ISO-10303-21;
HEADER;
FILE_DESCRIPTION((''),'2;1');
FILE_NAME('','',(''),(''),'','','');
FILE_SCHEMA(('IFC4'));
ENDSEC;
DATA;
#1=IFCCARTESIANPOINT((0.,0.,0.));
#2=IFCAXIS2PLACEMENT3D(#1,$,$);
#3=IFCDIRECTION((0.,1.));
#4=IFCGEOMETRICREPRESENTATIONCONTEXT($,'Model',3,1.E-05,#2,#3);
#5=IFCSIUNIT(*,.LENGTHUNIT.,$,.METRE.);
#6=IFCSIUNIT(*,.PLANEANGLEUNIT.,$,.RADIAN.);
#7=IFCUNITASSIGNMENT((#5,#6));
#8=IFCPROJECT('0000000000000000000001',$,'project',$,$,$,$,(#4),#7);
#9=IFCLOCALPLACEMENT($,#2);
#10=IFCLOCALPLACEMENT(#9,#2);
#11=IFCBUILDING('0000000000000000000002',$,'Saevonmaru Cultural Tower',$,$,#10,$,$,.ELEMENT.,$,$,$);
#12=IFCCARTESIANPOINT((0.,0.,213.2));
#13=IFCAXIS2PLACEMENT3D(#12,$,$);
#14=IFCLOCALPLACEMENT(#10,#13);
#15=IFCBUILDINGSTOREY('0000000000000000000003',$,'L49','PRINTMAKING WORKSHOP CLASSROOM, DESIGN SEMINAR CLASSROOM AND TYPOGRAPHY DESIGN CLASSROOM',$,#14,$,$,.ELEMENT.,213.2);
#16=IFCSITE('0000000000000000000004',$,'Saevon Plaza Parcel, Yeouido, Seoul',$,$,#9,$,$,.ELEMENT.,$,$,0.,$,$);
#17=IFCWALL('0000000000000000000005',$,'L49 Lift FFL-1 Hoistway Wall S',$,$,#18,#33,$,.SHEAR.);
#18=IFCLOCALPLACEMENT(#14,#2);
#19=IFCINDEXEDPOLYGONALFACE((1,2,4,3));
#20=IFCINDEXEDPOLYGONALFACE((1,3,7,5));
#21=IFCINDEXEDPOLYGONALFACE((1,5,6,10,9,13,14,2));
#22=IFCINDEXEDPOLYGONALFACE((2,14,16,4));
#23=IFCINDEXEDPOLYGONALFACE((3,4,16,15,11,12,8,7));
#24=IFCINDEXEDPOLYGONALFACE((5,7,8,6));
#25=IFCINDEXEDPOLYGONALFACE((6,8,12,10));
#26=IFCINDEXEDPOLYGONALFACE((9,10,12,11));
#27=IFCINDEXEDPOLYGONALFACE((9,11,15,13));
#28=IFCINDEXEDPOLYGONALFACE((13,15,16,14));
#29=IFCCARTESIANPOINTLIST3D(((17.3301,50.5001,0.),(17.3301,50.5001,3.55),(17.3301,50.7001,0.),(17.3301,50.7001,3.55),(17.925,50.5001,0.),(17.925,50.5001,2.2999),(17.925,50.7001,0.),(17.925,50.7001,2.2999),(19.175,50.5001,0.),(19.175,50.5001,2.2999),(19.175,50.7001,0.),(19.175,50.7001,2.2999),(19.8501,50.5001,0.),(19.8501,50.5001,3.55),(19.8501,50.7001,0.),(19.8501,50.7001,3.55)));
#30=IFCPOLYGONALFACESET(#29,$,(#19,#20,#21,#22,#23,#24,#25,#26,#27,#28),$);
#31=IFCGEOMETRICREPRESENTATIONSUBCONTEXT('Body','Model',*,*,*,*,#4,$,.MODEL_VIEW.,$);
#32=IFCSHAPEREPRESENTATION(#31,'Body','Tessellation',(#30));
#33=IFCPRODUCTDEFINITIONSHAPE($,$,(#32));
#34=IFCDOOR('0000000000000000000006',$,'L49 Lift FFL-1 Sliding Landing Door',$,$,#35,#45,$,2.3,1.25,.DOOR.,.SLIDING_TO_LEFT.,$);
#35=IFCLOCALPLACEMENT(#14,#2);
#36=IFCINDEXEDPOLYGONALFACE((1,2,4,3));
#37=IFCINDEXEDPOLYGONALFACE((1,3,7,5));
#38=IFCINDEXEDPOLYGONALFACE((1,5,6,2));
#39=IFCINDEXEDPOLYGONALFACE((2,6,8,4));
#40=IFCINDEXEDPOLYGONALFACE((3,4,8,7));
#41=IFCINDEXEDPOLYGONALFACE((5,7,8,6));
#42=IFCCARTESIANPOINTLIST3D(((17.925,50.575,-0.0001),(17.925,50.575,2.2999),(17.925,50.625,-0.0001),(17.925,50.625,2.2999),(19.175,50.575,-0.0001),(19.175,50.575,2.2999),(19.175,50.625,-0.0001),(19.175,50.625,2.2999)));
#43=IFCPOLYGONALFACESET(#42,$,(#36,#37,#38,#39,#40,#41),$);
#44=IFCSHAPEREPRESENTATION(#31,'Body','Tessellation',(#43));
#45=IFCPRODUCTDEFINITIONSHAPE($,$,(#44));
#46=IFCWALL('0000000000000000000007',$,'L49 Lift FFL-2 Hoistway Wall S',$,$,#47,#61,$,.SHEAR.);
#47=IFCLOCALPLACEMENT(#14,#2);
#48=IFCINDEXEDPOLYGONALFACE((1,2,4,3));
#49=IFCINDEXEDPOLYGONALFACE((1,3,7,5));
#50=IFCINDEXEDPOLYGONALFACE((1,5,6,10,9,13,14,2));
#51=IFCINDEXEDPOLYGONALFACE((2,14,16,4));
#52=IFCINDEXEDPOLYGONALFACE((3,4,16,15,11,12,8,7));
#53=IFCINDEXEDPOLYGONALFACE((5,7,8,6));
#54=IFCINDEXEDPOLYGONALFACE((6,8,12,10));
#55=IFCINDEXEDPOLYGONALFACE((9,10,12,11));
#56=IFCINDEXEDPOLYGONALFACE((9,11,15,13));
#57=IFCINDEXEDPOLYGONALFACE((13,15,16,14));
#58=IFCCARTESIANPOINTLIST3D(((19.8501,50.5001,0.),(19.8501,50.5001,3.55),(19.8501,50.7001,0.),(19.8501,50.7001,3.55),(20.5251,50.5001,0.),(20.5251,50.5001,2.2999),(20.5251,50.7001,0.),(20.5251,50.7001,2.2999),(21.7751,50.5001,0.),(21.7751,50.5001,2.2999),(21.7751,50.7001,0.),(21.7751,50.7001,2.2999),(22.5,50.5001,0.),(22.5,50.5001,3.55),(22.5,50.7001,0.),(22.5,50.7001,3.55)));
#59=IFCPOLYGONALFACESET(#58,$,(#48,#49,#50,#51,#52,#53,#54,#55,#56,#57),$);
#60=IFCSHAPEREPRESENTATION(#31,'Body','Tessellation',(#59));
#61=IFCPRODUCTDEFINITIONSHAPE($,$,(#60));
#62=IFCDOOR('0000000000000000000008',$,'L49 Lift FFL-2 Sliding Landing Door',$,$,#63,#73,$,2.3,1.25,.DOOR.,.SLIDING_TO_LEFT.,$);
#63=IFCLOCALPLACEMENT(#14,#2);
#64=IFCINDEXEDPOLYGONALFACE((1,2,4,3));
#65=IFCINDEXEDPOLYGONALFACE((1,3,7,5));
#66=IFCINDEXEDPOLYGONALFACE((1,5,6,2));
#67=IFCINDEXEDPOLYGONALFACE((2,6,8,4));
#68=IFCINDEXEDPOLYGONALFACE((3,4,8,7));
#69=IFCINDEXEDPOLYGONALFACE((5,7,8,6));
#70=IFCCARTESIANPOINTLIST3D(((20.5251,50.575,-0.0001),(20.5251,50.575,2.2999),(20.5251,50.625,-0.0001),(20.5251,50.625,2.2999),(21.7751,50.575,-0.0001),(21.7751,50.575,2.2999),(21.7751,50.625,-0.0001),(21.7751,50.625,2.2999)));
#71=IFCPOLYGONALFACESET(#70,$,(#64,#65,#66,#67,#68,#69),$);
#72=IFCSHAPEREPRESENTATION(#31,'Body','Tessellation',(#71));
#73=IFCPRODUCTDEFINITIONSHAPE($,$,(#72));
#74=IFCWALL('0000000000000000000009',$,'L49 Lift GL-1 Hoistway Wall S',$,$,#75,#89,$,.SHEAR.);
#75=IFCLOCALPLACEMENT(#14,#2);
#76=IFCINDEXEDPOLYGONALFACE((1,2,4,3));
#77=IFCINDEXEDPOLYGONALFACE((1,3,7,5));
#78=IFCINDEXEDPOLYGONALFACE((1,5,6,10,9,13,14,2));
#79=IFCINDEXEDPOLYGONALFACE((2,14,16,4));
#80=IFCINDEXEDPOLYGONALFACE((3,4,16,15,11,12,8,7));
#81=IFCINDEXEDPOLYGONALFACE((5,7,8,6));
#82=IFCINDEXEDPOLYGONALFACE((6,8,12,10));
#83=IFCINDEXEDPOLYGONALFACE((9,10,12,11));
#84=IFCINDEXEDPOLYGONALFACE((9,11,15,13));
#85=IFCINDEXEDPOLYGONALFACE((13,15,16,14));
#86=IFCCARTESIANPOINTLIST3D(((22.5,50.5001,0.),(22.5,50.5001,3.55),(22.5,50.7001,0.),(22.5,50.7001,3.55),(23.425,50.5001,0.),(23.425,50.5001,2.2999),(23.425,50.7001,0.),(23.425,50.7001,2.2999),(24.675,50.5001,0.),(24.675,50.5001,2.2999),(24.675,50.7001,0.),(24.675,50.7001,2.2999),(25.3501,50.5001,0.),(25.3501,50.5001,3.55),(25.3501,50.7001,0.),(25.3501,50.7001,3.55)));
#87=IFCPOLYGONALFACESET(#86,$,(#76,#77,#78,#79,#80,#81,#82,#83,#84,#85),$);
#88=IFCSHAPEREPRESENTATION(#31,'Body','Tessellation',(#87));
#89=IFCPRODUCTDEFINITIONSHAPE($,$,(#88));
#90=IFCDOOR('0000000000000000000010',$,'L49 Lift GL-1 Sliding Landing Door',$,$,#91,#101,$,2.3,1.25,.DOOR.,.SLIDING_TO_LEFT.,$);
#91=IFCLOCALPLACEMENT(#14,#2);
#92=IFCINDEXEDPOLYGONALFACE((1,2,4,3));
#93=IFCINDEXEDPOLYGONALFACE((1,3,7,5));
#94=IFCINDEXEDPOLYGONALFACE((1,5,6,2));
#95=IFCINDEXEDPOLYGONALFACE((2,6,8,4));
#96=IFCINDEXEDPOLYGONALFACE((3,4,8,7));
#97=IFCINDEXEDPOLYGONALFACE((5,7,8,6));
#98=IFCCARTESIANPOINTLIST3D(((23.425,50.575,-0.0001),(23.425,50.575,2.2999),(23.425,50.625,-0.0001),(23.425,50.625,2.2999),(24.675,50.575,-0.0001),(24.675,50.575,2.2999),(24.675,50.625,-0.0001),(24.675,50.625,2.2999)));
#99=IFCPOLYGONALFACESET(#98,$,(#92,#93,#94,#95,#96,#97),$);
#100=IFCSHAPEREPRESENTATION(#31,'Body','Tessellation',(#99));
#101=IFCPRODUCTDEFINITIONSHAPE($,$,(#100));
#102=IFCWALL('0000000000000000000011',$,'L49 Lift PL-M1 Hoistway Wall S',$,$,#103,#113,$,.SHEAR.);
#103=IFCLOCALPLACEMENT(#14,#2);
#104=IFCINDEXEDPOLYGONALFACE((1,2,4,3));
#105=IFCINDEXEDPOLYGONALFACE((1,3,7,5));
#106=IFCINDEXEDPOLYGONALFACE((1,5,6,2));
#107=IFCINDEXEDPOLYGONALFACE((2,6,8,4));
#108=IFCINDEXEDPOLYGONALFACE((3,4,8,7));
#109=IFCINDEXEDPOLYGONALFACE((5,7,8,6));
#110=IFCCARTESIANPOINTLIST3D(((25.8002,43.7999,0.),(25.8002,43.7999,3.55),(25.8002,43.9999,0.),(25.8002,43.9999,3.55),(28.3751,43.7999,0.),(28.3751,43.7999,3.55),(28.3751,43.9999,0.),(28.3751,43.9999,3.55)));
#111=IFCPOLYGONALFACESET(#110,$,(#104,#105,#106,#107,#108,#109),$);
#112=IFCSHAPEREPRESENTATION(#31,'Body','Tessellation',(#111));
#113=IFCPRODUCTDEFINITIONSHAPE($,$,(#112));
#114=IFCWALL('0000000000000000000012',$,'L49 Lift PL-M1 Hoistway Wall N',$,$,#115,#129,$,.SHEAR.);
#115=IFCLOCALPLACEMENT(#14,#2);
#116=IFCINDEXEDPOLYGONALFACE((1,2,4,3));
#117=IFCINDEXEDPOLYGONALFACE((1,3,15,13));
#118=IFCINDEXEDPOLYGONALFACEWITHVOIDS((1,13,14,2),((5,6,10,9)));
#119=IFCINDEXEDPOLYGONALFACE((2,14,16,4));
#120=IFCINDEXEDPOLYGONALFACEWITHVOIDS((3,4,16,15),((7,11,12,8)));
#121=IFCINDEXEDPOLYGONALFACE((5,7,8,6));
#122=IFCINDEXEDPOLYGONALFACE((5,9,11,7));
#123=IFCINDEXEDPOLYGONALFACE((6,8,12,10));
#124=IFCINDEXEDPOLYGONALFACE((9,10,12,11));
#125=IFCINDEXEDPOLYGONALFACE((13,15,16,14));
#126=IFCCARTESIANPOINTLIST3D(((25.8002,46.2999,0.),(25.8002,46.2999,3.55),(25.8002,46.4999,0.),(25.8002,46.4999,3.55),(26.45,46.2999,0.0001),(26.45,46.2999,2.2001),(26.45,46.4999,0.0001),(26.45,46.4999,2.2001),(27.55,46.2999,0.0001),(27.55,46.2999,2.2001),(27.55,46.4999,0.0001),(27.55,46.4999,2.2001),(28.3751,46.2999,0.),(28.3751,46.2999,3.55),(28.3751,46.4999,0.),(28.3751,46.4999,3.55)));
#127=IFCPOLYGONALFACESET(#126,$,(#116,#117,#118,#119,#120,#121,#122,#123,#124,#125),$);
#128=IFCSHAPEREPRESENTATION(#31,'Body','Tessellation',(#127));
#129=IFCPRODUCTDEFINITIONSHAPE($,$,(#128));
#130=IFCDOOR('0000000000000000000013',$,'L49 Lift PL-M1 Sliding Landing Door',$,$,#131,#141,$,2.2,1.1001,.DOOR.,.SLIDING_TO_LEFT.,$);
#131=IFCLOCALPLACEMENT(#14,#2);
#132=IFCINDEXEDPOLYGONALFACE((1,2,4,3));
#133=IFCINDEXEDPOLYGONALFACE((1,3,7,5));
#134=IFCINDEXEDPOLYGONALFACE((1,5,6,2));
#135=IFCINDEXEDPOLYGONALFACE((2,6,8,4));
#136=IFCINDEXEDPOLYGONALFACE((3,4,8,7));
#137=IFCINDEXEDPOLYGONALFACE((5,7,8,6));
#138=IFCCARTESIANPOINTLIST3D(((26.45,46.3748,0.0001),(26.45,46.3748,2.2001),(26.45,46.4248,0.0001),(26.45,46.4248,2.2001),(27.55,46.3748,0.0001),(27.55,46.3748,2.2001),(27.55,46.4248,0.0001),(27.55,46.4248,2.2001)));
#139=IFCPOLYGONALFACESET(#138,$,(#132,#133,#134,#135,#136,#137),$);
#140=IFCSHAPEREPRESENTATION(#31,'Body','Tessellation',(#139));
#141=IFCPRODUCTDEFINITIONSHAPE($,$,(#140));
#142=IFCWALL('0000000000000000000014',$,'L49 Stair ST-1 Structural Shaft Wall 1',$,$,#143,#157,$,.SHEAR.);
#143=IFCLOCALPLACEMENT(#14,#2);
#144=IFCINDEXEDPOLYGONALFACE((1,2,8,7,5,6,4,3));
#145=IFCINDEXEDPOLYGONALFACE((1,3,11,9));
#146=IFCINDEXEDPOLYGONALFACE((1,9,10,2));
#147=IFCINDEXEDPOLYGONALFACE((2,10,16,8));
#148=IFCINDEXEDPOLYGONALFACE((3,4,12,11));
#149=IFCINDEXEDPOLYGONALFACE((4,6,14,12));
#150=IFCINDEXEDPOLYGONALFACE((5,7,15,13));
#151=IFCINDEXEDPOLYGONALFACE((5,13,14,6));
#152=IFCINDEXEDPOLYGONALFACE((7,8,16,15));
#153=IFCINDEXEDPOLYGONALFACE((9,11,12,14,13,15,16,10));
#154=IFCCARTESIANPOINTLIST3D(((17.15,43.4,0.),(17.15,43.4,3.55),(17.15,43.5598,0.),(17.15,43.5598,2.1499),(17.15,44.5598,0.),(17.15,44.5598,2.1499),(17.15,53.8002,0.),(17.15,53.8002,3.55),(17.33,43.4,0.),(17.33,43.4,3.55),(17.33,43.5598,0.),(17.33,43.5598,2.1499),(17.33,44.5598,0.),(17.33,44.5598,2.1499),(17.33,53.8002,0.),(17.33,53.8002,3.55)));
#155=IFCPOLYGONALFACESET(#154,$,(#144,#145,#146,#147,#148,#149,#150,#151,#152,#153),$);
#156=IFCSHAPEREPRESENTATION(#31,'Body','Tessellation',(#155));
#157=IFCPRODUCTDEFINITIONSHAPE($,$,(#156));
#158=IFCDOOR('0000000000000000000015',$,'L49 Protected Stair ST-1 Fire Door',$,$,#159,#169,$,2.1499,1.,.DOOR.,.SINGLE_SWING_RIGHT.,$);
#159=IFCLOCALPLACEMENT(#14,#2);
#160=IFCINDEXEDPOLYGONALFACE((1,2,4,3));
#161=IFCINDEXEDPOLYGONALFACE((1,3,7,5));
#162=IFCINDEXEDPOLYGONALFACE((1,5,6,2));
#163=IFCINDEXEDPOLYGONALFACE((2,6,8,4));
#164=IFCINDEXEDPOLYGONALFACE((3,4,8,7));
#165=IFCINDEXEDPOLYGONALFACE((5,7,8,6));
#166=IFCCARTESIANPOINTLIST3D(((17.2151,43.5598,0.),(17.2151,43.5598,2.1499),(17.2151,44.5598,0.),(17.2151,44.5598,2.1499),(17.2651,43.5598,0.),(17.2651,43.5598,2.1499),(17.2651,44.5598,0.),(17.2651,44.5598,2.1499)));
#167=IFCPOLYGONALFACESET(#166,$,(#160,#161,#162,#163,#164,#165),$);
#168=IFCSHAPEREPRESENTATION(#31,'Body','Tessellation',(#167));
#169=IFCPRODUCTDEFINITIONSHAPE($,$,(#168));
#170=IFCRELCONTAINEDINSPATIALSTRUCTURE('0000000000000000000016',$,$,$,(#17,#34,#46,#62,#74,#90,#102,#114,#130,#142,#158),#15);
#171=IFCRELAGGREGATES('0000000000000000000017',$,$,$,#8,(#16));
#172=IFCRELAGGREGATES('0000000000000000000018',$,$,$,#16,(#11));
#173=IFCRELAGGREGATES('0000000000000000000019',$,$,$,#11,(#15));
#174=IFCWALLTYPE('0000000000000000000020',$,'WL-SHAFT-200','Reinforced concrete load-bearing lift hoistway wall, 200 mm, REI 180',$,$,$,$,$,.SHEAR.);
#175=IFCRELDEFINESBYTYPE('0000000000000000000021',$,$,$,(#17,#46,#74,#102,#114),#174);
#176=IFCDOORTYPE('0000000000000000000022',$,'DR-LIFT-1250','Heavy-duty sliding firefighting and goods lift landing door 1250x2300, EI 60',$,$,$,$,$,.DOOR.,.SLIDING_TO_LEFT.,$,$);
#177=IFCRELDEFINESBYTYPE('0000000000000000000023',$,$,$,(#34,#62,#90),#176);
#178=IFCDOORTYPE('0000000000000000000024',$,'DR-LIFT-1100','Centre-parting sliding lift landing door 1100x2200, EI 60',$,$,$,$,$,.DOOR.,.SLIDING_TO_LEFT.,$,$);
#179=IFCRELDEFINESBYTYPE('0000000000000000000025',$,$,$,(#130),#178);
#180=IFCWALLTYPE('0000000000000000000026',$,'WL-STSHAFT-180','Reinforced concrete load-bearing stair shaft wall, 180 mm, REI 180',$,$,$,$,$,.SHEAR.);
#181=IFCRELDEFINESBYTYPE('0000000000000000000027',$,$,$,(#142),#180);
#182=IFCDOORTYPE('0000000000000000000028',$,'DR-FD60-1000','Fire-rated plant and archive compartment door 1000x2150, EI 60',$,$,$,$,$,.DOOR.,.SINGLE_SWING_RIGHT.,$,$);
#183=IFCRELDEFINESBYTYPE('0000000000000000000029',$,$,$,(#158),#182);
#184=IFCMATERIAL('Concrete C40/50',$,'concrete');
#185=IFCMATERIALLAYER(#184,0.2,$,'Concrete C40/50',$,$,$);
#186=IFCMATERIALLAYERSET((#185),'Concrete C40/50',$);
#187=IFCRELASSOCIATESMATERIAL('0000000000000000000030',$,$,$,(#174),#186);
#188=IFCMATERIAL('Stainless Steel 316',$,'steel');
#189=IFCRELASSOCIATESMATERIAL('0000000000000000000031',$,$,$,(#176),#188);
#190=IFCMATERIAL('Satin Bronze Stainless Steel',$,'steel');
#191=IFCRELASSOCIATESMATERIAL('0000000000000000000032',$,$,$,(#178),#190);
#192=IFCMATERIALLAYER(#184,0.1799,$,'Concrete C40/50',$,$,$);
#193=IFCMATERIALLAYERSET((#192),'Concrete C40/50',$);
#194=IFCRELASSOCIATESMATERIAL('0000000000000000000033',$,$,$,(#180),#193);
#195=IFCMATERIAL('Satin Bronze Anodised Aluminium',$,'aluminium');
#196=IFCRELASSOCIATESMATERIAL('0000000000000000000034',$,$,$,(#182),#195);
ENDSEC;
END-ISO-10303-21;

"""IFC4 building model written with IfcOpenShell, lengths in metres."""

from ifc_helpers import new_model, si_unit, direction, frame, frame_2d, origin, place, context, subcontext, project, spatial, rectangle, extrude, material, layer, layer_set, type_object, element, fill, save


model = new_model("IFC4")

# Units and contexts
model_context = context("Model", 3, precision=1e-05, world=origin(), true_north=direction((0.0, 1.0)))
body_context = subcontext(model_context, "Body", "Model", "MODEL_VIEW")
ifc_project = project(units=[si_unit("LENGTHUNIT", "METRE"), si_unit("PLANEANGLEUNIT", "RADIAN")], contexts=[model_context])

# Site, building, storey
site_placement = place(None, origin())
site = spatial("IfcSite", under=ifc_project, at=site_placement, Name="Saevon Plaza Parcel, Yeouido, Seoul", CompositionType="ELEMENT", RefElevation=0.0)
building_placement = place(site_placement, origin())
building = spatial("IfcBuilding", under=site, at=building_placement, Name="Saevonmaru Cultural Tower", CompositionType="ELEMENT")
storey_placement = place(building_placement, frame((0.0, 0.0, 213.2)))
storey = spatial("IfcBuildingStorey", under=building, at=storey_placement, Name="L49", Description="PRINTMAKING WORKSHOP CLASSROOM, DESIGN SEMINAR CLASSROOM AND TYPOGRAPHY DESIGN CLASSROOM", CompositionType="ELEMENT", Elevation=213.2)

# Shared definitions
ifc_material_1 = material(Name="Satin Bronze Anodised Aluminium", Category="aluminium")

# Walls, openings, doors
ifc_material_2 = material(Name="Concrete C40/50", Category="concrete")
ifc_layer_1 = layer(ifc_material_2, 0.2, Name="Concrete C40/50")
ifc_layer_set_1 = layer_set([ifc_layer_1], Name="Concrete C40/50")
wall_type_1 = type_object("IfcWallType", Name="WL-SHAFT-200", Description="Reinforced concrete load-bearing lift hoistway wall, 200 mm, REI 180", PredefinedType="SHEAR", material=ifc_layer_set_1)
wall_1_placement = place(storey_placement, frame((17.3301, 50.6001, 0.0), z_axis=(0.0, 0.0, 1.0), x_axis=(1.0, 0.0, 0.0)))
wall_1 = element("IfcWall", 1, at=wall_1_placement, inside=storey, type_object=wall_type_1, Name="L49 Lift FFL-1 Hoistway Wall S", PredefinedType="SHEAR", context=body_context, shape_type="SweptSolid", body=[
    extrude(rectangle(XDim=2.52, YDim=0.2, at=frame_2d((1.26, 0.0))), origin(), (0.0, 0.0, 1.0), 3.55),
])
opening_1_placement = place(wall_1_placement, frame((0.595, 0.0, 0.0)))
opening_1 = element("IfcOpeningElement", 2, at=opening_1_placement, cuts=wall_1, PredefinedType="OPENING", context=body_context, shape_type="SweptSolid", body=[
    extrude(rectangle(XDim=1.25, YDim=2.3, at=frame_2d((0.625, 1.1499))), frame((0.0, 0.1099, 0.0), z_axis=(0.0, -1.0, 0.0), x_axis=(1.0, 0.0, 0.0)), (0.0, 0.0, 1.0), 0.22),
])
ifc_material_3 = material(Name="Stainless Steel 316", Category="steel")
door_type_1 = type_object("IfcDoorType", Name="DR-LIFT-1250", Description="Heavy-duty sliding firefighting and goods lift landing door 1250x2300, EI 60", OperationType="SLIDING_TO_LEFT", PredefinedType="DOOR", material=ifc_material_3)
door_1_placement = place(opening_1_placement, origin())
door_1 = element("IfcDoor", 3, at=door_1_placement, inside=storey, type_object=door_type_1, Name="L49 Lift FFL-1 Sliding Landing Door", OperationType="SLIDING_TO_LEFT", OverallHeight=2.3, OverallWidth=1.25, PredefinedType="DOOR", context=body_context, shape_type="SweptSolid", body=[
    extrude(rectangle(XDim=1.25, YDim=2.3, at=frame_2d((0.625, 1.1499))), frame((0.0, 0.0249, 0.0), z_axis=(0.0, -1.0, 0.0), x_axis=(1.0, 0.0, 0.0)), (0.0, 0.0, 1.0), 0.05),
])
fill(opening_1, door_1)
wall_2_placement = place(storey_placement, frame((19.8501, 50.6001, 0.0), z_axis=(0.0, 0.0, 1.0), x_axis=(1.0, 0.0, 0.0)))
wall_2 = element("IfcWall", 4, at=wall_2_placement, inside=storey, type_object=wall_type_1, Name="L49 Lift FFL-2 Hoistway Wall S", PredefinedType="SHEAR", context=body_context, shape_type="SweptSolid", body=[
    extrude(rectangle(XDim=2.6499, YDim=0.2, at=frame_2d((1.325, 0.0))), origin(), (0.0, 0.0, 1.0), 3.55),
])
opening_2_placement = place(wall_2_placement, frame((0.675, 0.0, 0.0)))
opening_2 = element("IfcOpeningElement", 5, at=opening_2_placement, cuts=wall_2, PredefinedType="OPENING", context=body_context, shape_type="SweptSolid", body=[
    extrude(rectangle(XDim=1.25, YDim=2.3, at=frame_2d((0.625, 1.1499))), frame((0.0, 0.1099, 0.0), z_axis=(0.0, -1.0, 0.0), x_axis=(1.0, 0.0, 0.0)), (0.0, 0.0, 1.0), 0.22),
])
door_2_placement = place(opening_2_placement, origin())
door_2 = element("IfcDoor", 6, at=door_2_placement, inside=storey, type_object=door_type_1, Name="L49 Lift FFL-2 Sliding Landing Door", OperationType="SLIDING_TO_LEFT", OverallHeight=2.3, OverallWidth=1.25, PredefinedType="DOOR", context=body_context, shape_type="SweptSolid", body=[
    extrude(rectangle(XDim=1.25, YDim=2.3, at=frame_2d((0.625, 1.1499))), frame((0.0, 0.0249, 0.0), z_axis=(0.0, -1.0, 0.0), x_axis=(1.0, 0.0, 0.0)), (0.0, 0.0, 1.0), 0.05),
])
fill(opening_2, door_2)
wall_3_placement = place(storey_placement, frame((22.5, 50.6001, 0.0), z_axis=(0.0, 0.0, 1.0), x_axis=(1.0, 0.0, 0.0)))
wall_3 = element("IfcWall", 7, at=wall_3_placement, inside=storey, type_object=wall_type_1, Name="L49 Lift GL-1 Hoistway Wall S", PredefinedType="SHEAR", context=body_context, shape_type="SweptSolid", body=[
    extrude(rectangle(XDim=2.8501, YDim=0.2, at=frame_2d((1.425, 0.0))), origin(), (0.0, 0.0, 1.0), 3.55),
])
opening_3_placement = place(wall_3_placement, frame((0.925, 0.0, 0.0)))
opening_3 = element("IfcOpeningElement", 8, at=opening_3_placement, cuts=wall_3, PredefinedType="OPENING", context=body_context, shape_type="SweptSolid", body=[
    extrude(rectangle(XDim=1.25, YDim=2.3, at=frame_2d((0.625, 1.1499))), frame((0.0, 0.1099, 0.0), z_axis=(0.0, -1.0, 0.0), x_axis=(1.0, 0.0, 0.0)), (0.0, 0.0, 1.0), 0.22),
])
door_3_placement = place(opening_3_placement, origin())
door_3 = element("IfcDoor", 9, at=door_3_placement, inside=storey, type_object=door_type_1, Name="L49 Lift GL-1 Sliding Landing Door", OperationType="SLIDING_TO_LEFT", OverallHeight=2.3, OverallWidth=1.25, PredefinedType="DOOR", context=body_context, shape_type="SweptSolid", body=[
    extrude(rectangle(XDim=1.25, YDim=2.3, at=frame_2d((0.625, 1.1499))), frame((0.0, 0.0249, 0.0), z_axis=(0.0, -1.0, 0.0), x_axis=(1.0, 0.0, 0.0)), (0.0, 0.0, 1.0), 0.05),
])
fill(opening_3, door_3)

# Wall
wall_4_placement = place(storey_placement, frame((25.8, 43.8999, 0.0), z_axis=(0.0, 0.0, 1.0), x_axis=(1.0, 0.0, 0.0)))
element("IfcWall", 10, at=wall_4_placement, inside=storey, type_object=wall_type_1, Name="L49 Lift PL-M1 Hoistway Wall S", PredefinedType="SHEAR", context=body_context, shape_type="SweptSolid", body=[
    extrude(rectangle(XDim=2.575, YDim=0.2, at=frame_2d((1.2876, 0.0))), origin(), (0.0, 0.0, 1.0), 3.55),
])

# Walls, openings, doors
wall_5_placement = place(storey_placement, frame((25.8, 46.3999, 0.0), z_axis=(0.0, 0.0, 1.0), x_axis=(1.0, 0.0, 0.0)))
wall_5 = element("IfcWall", 11, at=wall_5_placement, inside=storey, type_object=wall_type_1, Name="L49 Lift PL-M1 Hoistway Wall N", PredefinedType="SHEAR", context=body_context, shape_type="SweptSolid", body=[
    extrude(rectangle(XDim=2.575, YDim=0.2, at=frame_2d((1.2876, 0.0))), origin(), (0.0, 0.0, 1.0), 3.55),
])
opening_4_placement = place(wall_5_placement, frame((0.6499, 0.0, 0.0)))
opening_4 = element("IfcOpeningElement", 12, at=opening_4_placement, cuts=wall_5, PredefinedType="OPENING", context=body_context, shape_type="SweptSolid", body=[
    extrude(rectangle(XDim=1.1001, YDim=2.2, at=frame_2d((0.55, 1.1001))), frame((0.0, 0.1099, 0.0), z_axis=(0.0, -1.0, 0.0), x_axis=(1.0, 0.0, 0.0)), (0.0, 0.0, 1.0), 0.22),
])
ifc_material_4 = material(Name="Satin Bronze Stainless Steel", Category="steel")
door_type_2 = type_object("IfcDoorType", Name="DR-LIFT-1100", Description="Centre-parting sliding lift landing door 1100x2200, EI 60", OperationType="SLIDING_TO_LEFT", PredefinedType="DOOR", material=ifc_material_4)
door_4_placement = place(opening_4_placement, origin())
door_4 = element("IfcDoor", 13, at=door_4_placement, inside=storey, type_object=door_type_2, Name="L49 Lift PL-M1 Sliding Landing Door", OperationType="SLIDING_TO_LEFT", OverallHeight=2.2, OverallWidth=1.1001, PredefinedType="DOOR", context=body_context, shape_type="SweptSolid", body=[
    extrude(rectangle(XDim=1.1001, YDim=2.2, at=frame_2d((0.55, 1.1001))), frame((0.0, 0.0249, 0.0), z_axis=(0.0, -1.0, 0.0), x_axis=(1.0, 0.0, 0.0)), (0.0, 0.0, 1.0), 0.05),
])
fill(opening_4, door_4)
ifc_layer_2 = layer(ifc_material_2, 0.1799, Name="Concrete C40/50")
ifc_layer_set_2 = layer_set([ifc_layer_2], Name="Concrete C40/50")
wall_type_2 = type_object("IfcWallType", Name="WL-STSHAFT-180", Description="Reinforced concrete load-bearing stair shaft wall, 180 mm, REI 180", PredefinedType="SHEAR", material=ifc_layer_set_2)
wall_6_placement = place(storey_placement, frame((17.24, 43.3999, 0.0), z_axis=(0.0, 0.0, 1.0), x_axis=(0.0, 1.0, 0.0)))
wall_6 = element("IfcWall", 14, at=wall_6_placement, inside=storey, type_object=wall_type_2, Name="L49 Stair ST-1 Structural Shaft Wall 1", PredefinedType="SHEAR", context=body_context, shape_type="SweptSolid", body=[
    extrude(rectangle(XDim=10.4001, YDim=0.1799, at=frame_2d((5.2002, 0.0))), origin(), (0.0, 0.0, 1.0), 3.55),
])
opening_5_placement = place(wall_6_placement, frame((0.1599, 0.0, 0.0)))
opening_5 = element("IfcOpeningElement", 15, at=opening_5_placement, cuts=wall_6, PredefinedType="OPENING", context=body_context, shape_type="SweptSolid", body=[
    extrude(rectangle(XDim=1.0, YDim=2.1499, at=frame_2d((0.5, 1.075))), frame((0.0, 0.1001, 0.0), z_axis=(0.0, -1.0, 0.0), x_axis=(1.0, 0.0, 0.0)), (0.0, 0.0, 1.0), 0.2),
])
door_type_3 = type_object("IfcDoorType", Name="DR-FD60-1000", Description="Fire-rated plant and archive compartment door 1000x2150, EI 60", OperationType="SINGLE_SWING_RIGHT", PredefinedType="DOOR", material=ifc_material_1)
door_5_placement = place(opening_5_placement, origin())
door_5 = element("IfcDoor", 16, at=door_5_placement, inside=storey, type_object=door_type_3, Name="L49 Protected Stair ST-1 Fire Door", OperationType="SINGLE_SWING_RIGHT", OverallHeight=2.1499, OverallWidth=1.0, PredefinedType="DOOR", context=body_context, shape_type="SweptSolid", body=[
    extrude(rectangle(XDim=1.0, YDim=2.1499, at=frame_2d((0.5, 1.075))), frame((0.0, 0.0249, 0.0), z_axis=(0.0, -1.0, 0.0), x_axis=(1.0, 0.0, 0.0)), (0.0, 0.0, 1.0), 0.05),
])
fill(opening_5, door_5)

save(model, "model.ifc")
